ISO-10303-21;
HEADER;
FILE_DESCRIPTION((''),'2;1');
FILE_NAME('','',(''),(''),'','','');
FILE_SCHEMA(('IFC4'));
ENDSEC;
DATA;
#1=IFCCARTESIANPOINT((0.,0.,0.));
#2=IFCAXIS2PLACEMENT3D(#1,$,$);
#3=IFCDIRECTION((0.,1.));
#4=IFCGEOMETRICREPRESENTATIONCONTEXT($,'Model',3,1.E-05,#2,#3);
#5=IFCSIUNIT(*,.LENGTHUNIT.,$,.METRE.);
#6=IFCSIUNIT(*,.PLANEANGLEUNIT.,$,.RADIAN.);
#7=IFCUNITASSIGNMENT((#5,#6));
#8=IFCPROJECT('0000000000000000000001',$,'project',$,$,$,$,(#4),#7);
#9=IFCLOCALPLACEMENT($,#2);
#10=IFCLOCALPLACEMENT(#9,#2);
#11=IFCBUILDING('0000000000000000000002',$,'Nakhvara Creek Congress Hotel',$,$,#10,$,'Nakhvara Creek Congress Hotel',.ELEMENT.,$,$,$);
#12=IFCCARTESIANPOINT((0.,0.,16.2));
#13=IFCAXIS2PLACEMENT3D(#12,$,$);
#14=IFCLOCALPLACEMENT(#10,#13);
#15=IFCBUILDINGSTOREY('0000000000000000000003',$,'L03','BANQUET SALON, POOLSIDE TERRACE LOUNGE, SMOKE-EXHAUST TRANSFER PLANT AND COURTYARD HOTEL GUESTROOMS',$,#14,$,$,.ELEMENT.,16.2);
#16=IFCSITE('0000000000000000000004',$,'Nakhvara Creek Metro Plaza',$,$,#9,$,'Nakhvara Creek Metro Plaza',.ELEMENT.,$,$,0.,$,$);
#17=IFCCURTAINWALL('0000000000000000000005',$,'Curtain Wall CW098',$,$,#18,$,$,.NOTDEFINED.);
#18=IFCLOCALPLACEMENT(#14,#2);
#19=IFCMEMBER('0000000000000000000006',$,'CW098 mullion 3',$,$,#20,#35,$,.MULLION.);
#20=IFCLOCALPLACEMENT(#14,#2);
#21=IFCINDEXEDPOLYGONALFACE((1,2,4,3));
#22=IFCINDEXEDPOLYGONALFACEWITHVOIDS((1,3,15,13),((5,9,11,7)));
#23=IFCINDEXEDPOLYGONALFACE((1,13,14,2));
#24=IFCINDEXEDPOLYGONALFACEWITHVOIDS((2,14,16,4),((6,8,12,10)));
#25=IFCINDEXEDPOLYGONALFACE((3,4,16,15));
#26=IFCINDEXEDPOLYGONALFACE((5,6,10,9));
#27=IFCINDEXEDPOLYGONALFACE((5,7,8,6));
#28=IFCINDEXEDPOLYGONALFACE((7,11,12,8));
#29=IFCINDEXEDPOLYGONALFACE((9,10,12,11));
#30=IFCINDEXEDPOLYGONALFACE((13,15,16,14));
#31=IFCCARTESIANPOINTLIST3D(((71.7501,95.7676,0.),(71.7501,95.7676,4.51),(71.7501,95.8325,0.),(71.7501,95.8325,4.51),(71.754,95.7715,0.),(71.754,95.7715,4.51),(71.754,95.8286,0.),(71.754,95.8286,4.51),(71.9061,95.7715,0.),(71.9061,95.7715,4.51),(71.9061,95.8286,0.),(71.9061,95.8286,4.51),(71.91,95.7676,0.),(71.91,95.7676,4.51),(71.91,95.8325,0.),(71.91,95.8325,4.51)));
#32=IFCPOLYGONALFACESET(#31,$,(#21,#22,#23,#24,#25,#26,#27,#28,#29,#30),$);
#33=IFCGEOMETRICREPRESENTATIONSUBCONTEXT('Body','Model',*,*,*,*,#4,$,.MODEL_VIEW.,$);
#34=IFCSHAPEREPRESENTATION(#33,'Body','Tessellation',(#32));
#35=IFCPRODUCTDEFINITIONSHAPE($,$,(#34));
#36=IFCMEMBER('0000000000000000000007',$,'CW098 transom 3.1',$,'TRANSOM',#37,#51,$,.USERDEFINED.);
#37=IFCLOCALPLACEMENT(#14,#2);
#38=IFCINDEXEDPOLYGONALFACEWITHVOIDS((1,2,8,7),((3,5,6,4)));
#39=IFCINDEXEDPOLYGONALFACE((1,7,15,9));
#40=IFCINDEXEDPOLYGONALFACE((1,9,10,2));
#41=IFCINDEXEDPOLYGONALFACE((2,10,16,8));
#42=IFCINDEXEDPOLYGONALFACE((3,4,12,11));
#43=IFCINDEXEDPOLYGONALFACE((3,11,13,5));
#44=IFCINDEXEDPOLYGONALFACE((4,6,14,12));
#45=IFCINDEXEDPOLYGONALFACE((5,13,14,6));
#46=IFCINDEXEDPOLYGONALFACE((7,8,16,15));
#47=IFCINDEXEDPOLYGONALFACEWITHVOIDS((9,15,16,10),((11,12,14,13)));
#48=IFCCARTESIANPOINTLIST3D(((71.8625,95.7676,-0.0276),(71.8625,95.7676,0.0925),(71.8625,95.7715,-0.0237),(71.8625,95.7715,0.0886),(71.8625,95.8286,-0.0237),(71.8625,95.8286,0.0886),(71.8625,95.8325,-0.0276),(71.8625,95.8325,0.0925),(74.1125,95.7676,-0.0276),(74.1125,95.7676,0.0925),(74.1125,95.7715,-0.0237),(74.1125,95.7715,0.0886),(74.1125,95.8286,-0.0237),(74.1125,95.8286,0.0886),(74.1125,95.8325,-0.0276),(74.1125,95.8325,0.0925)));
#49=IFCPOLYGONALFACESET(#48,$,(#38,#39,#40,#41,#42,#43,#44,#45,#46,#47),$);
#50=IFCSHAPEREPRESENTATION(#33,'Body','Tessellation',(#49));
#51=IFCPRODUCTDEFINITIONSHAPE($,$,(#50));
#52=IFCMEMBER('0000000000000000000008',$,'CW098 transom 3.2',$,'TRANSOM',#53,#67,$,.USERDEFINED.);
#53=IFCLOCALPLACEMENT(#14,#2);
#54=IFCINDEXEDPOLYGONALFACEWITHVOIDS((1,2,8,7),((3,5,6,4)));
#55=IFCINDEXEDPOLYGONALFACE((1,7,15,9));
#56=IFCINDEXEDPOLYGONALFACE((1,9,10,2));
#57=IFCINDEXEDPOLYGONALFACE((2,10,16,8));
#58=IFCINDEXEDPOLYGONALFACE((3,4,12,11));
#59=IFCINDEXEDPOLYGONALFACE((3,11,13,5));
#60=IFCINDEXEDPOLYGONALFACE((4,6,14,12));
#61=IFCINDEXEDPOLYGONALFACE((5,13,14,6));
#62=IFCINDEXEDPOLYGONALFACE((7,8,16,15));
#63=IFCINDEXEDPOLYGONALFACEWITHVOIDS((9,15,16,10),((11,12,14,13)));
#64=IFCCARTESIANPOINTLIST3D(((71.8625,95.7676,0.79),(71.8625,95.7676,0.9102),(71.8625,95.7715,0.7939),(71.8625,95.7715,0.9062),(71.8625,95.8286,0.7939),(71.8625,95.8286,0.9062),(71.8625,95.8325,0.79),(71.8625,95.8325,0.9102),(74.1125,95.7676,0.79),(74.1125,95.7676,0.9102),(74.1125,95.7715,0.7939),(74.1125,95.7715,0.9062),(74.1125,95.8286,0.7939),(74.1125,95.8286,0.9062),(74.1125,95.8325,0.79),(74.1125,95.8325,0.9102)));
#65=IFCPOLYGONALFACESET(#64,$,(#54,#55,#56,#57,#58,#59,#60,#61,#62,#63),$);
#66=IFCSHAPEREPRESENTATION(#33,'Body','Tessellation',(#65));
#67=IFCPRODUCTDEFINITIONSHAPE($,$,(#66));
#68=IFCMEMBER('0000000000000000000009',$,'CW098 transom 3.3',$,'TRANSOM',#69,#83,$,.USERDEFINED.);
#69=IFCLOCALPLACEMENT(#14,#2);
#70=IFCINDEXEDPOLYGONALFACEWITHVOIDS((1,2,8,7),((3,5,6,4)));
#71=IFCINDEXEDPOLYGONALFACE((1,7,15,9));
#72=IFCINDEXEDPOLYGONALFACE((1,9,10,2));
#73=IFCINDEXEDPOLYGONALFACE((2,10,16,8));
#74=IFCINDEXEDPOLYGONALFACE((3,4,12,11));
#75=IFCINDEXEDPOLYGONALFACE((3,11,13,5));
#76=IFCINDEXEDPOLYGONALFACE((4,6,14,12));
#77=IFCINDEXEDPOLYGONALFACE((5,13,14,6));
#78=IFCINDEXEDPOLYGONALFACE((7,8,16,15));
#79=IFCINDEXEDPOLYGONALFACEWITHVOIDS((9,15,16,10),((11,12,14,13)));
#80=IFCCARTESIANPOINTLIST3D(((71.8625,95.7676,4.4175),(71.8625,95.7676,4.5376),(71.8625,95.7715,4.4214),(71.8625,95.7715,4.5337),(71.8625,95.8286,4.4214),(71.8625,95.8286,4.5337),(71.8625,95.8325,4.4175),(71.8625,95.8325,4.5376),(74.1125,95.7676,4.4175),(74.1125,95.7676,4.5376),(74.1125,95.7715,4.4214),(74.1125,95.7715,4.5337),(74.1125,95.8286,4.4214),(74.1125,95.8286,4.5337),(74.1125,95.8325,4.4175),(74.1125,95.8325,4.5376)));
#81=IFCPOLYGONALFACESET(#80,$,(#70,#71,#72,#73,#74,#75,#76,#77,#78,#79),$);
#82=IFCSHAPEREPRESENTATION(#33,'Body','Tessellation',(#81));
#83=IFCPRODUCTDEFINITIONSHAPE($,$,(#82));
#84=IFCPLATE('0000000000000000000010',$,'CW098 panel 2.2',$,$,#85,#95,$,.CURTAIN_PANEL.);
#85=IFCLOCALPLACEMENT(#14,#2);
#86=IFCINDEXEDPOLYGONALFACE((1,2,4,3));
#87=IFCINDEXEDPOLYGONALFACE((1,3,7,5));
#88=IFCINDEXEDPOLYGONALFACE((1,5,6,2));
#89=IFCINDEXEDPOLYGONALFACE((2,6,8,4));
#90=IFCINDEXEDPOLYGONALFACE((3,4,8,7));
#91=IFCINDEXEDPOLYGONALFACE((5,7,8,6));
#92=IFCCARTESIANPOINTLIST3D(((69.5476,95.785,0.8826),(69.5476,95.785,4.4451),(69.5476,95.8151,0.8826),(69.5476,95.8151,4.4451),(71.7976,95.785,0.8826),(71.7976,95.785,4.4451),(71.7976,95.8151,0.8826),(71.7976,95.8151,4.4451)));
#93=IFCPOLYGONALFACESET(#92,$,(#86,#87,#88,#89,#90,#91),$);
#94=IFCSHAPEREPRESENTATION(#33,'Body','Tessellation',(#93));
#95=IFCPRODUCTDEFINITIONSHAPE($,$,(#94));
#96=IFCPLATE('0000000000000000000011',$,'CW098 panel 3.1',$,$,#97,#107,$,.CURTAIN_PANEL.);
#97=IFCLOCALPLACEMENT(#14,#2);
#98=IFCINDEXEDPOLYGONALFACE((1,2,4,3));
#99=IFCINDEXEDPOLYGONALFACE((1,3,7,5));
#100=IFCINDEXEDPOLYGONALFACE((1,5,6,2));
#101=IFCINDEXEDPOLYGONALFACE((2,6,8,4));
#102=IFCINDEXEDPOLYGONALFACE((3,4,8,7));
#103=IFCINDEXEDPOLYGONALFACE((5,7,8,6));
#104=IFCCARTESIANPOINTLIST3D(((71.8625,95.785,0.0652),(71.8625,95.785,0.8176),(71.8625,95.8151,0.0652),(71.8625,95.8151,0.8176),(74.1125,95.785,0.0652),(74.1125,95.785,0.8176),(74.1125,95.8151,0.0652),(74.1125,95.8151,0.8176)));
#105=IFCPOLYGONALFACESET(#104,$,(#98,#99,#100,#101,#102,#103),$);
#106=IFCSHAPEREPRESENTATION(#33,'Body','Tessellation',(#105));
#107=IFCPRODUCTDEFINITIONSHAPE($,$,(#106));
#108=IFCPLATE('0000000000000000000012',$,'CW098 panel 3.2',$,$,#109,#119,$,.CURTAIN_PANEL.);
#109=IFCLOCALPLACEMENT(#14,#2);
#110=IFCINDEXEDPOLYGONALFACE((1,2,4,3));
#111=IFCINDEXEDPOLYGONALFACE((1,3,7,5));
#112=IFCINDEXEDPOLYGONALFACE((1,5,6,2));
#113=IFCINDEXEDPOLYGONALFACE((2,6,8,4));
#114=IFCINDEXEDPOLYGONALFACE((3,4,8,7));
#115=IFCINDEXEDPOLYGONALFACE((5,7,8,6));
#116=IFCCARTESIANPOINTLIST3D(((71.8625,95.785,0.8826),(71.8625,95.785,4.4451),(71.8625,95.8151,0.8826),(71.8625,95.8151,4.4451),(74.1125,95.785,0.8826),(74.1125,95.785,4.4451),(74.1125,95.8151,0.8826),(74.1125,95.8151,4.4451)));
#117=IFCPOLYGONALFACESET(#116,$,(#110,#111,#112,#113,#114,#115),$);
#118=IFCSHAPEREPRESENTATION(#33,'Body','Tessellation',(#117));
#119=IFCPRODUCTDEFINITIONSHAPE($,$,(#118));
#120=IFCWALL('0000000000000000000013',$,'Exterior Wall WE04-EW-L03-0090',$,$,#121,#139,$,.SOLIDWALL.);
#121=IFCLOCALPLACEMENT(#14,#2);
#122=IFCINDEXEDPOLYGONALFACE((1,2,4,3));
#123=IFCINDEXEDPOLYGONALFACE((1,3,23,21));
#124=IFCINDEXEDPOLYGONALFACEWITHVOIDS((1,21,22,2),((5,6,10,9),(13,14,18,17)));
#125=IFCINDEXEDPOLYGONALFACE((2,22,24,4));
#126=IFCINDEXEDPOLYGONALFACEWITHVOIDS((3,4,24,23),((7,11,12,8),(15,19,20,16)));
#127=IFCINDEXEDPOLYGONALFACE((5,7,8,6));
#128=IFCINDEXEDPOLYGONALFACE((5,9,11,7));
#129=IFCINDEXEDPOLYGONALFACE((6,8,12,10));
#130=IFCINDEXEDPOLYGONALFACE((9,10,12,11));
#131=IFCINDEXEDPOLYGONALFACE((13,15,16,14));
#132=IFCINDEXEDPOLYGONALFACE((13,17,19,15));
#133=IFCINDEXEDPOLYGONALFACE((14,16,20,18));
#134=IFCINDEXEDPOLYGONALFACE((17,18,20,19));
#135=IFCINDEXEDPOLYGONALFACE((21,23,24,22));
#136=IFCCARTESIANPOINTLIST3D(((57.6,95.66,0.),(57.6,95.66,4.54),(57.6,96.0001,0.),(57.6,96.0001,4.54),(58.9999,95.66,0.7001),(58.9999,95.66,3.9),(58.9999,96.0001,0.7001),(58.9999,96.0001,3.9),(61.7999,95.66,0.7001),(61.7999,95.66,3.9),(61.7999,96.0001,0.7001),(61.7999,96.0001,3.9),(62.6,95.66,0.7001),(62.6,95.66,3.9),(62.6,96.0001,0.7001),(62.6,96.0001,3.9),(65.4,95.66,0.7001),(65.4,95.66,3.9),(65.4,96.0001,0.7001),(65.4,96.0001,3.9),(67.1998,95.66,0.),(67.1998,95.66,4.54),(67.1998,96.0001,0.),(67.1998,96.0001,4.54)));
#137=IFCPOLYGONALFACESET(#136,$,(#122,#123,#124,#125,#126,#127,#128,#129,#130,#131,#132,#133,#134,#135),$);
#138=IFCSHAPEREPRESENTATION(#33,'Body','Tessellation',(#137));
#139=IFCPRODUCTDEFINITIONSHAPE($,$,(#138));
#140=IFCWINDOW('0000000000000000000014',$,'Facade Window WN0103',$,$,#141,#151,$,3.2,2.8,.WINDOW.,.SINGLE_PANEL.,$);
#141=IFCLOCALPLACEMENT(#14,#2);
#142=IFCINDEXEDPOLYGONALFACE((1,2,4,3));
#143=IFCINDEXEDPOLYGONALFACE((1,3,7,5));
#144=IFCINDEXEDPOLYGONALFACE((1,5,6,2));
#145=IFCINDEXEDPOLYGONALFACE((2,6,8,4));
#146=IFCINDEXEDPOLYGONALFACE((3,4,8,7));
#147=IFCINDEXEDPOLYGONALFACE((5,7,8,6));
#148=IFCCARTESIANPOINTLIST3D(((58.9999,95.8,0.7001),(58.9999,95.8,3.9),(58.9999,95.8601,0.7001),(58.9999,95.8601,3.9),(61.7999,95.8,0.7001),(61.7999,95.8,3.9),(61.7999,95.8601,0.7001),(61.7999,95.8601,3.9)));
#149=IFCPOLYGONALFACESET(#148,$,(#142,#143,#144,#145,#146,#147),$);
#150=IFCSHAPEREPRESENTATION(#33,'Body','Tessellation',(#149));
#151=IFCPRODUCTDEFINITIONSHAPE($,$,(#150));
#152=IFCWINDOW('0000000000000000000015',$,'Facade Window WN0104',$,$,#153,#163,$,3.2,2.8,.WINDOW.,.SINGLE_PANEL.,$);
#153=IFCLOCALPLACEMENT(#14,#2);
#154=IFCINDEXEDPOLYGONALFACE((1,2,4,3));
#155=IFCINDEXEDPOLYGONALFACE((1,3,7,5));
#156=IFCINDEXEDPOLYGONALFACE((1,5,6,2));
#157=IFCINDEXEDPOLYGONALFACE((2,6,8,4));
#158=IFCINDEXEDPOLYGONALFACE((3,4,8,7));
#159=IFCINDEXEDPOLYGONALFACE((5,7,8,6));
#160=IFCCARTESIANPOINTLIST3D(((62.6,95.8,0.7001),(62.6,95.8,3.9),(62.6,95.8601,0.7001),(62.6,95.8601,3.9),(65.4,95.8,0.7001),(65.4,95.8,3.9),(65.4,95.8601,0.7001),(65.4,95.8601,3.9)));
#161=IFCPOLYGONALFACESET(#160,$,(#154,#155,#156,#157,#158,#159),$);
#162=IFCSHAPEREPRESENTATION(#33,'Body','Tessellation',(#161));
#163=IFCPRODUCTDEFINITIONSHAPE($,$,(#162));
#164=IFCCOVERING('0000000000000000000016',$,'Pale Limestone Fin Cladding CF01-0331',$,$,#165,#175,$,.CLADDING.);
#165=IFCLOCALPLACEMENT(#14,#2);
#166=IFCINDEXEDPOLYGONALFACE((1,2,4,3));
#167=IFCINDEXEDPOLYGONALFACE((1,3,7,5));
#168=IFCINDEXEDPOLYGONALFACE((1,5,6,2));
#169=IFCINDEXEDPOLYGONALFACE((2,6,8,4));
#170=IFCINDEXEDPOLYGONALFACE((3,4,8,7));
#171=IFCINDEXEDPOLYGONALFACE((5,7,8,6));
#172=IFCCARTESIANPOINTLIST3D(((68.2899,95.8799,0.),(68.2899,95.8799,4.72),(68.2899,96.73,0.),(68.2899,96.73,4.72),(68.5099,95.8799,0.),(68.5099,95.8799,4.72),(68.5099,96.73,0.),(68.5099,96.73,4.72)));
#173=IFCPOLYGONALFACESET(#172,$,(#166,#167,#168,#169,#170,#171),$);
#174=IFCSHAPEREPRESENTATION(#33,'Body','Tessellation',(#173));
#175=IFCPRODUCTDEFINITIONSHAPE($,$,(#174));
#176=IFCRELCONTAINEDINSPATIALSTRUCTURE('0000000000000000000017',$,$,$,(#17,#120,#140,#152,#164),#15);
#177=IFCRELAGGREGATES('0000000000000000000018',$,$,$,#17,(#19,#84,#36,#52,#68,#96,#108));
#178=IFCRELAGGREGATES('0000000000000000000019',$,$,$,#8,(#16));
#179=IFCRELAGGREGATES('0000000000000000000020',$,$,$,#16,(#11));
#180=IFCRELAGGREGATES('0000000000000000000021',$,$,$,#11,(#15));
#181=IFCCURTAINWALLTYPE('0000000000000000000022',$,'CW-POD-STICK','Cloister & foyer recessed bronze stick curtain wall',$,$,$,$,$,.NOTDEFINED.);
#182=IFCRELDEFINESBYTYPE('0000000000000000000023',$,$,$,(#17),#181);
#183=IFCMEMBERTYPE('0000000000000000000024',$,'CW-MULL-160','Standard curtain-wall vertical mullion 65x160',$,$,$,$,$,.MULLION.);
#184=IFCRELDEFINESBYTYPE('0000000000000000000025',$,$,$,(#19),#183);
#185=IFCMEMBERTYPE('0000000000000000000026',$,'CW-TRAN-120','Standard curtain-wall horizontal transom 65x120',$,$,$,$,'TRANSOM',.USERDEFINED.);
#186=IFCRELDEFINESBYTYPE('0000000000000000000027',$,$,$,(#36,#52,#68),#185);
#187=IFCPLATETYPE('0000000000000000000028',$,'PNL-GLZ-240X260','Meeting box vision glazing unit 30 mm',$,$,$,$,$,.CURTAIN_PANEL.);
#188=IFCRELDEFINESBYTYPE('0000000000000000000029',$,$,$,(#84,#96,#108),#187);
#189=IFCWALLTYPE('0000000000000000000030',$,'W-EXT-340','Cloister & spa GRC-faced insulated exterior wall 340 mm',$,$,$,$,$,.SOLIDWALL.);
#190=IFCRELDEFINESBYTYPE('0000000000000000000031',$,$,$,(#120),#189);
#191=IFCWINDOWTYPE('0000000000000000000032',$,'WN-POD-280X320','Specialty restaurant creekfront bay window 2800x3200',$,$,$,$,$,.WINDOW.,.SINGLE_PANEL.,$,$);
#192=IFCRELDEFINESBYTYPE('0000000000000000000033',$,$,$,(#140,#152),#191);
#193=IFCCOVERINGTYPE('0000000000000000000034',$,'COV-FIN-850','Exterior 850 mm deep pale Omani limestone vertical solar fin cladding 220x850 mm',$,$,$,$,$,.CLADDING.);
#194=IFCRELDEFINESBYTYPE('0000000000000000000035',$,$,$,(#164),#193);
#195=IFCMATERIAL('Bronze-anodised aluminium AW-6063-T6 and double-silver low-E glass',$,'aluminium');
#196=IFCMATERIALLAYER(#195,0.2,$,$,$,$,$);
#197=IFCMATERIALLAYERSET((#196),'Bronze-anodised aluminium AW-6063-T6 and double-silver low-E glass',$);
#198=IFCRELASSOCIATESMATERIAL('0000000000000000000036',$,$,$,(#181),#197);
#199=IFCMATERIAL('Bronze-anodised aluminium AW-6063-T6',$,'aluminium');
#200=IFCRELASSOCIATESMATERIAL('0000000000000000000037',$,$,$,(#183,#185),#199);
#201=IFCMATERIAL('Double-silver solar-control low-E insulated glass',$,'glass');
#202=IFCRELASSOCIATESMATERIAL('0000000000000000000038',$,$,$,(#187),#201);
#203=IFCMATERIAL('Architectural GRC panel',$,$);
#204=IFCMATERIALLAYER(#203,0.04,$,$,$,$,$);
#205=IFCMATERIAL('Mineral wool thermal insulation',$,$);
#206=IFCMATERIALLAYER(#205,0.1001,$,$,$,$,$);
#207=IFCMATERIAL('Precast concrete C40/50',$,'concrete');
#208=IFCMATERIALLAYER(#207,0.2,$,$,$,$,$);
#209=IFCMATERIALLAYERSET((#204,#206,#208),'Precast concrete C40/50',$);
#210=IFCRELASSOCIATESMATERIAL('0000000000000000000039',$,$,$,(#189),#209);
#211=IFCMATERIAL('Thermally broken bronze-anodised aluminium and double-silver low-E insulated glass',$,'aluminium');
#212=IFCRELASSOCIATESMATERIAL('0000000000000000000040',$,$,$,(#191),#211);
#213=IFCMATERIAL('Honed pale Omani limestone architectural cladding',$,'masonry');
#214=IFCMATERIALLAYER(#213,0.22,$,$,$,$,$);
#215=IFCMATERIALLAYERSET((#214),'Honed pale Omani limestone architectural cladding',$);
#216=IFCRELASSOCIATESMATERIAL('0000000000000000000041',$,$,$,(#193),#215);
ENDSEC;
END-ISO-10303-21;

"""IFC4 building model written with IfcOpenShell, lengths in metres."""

from ifc_helpers import new_model, si_unit, direction, frame, frame_2d, origin, origin_2d, place, context, subcontext, project, spatial, rectangle, hollow_rectangle, extrude, material, layer, layer_set, material_profile, profile_set, type_object, element, fill, aggregate, save


model = new_model("IFC4")

# Units and contexts
model_context = context("Model", 3, precision=1e-05, world=origin(), true_north=direction((0.0, 1.0)))
body_context = subcontext(model_context, "Body", "Model", "MODEL_VIEW")
ifc_project = project(units=[si_unit("LENGTHUNIT", "METRE"), si_unit("PLANEANGLEUNIT", "RADIAN")], contexts=[model_context])

# Site, building, storey
site_placement = place(None, origin())
site = spatial("IfcSite", under=ifc_project, at=site_placement, Name="Nakhvara Creek Metro Plaza", LongName="Nakhvara Creek Metro Plaza", CompositionType="ELEMENT", RefElevation=0.0)
building_placement = place(site_placement, origin())
building = spatial("IfcBuilding", under=site, at=building_placement, Name="Nakhvara Creek Congress Hotel", LongName="Nakhvara Creek Congress Hotel", CompositionType="ELEMENT")
storey_placement = place(building_placement, frame((0.0, 0.0, 16.2)))
storey = spatial("IfcBuildingStorey", under=building, at=storey_placement, Name="L03", Description="BANQUET SALON, POOLSIDE TERRACE LOUNGE, SMOKE-EXHAUST TRANSFER PLANT AND COURTYARD HOTEL GUESTROOMS", CompositionType="ELEMENT", Elevation=16.2)

# Curtain wall, members, plates
ifc_material_1 = material(Name="Bronze-anodised aluminium AW-6063-T6 and double-silver low-E glass", Category="aluminium")
ifc_layer_1 = layer(ifc_material_1, 0.2)
ifc_layer_set_1 = layer_set([ifc_layer_1], Name="Bronze-anodised aluminium AW-6063-T6 and double-silver low-E glass")
curtain_wall_type = type_object("IfcCurtainWallType", Name="CW-POD-STICK", Description="Cloister & foyer recessed bronze stick curtain wall", PredefinedType="NOTDEFINED", material=ifc_layer_set_1)
curtain_wall_placement = place(storey_placement, origin())
curtain_wall = element("IfcCurtainWall", 1, at=curtain_wall_placement, inside=storey, type_object=curtain_wall_type, Name="Curtain Wall CW098", PredefinedType="NOTDEFINED")
ifc_material_2 = material(Name="Bronze-anodised aluminium AW-6063-T6", Category="aluminium")
ifc_material_profile_1 = material_profile(ifc_material_2, hollow_rectangle(XDim=0.0649, YDim=0.1599, WallThickness=0.0039, at=origin_2d()), Name="ALU-MULL 65x160x4", Category="LoadBearing")
ifc_profile_set_1 = profile_set([ifc_material_profile_1], Name="Bronze-anodised aluminium AW-6063-T6")
member_type_1 = type_object("IfcMemberType", Name="CW-MULL-160", Description="Standard curtain-wall vertical mullion 65x160", PredefinedType="MULLION", material=ifc_profile_set_1)
member_1_placement = place(storey_placement, frame((71.8301, 95.8, 0.0), z_axis=(0.0, 0.0, 1.0), x_axis=(0.0, 1.0, 0.0)))
member_1 = element("IfcMember", 2, at=member_1_placement, type_object=member_type_1, Name="CW098 mullion 3", PredefinedType="MULLION", context=body_context, shape_type="SweptSolid", body=[
    extrude(hollow_rectangle(XDim=0.0649, YDim=0.1599, WallThickness=0.0039, at=origin_2d()), origin(), (0.0, 0.0, 1.0), 4.51),
])
ifc_material_profile_2 = material_profile(ifc_material_2, hollow_rectangle(XDim=0.0649, YDim=0.1201, WallThickness=0.0039, at=origin_2d()), Name="ALU-TRAN 65x120x4", Category="LoadBearing")
ifc_profile_set_2 = profile_set([ifc_material_profile_2], Name="Bronze-anodised aluminium AW-6063-T6")
member_type_2 = type_object("IfcMemberType", Name="CW-TRAN-120", Description="Standard curtain-wall horizontal transom 65x120", ElementType="TRANSOM", PredefinedType="USERDEFINED", material=ifc_profile_set_2)
member_2_placement = place(storey_placement, frame((71.8625, 95.8, 0.0325), z_axis=(1.0, 0.0, 0.0), x_axis=(0.0, 1.0, 0.0)))
member_2 = element("IfcMember", 3, at=member_2_placement, type_object=member_type_2, Name="CW098 transom 3.1", ObjectType="TRANSOM", PredefinedType="USERDEFINED", context=body_context, shape_type="SweptSolid", body=[
    extrude(hollow_rectangle(XDim=0.0649, YDim=0.1201, WallThickness=0.0039, at=origin_2d()), origin(), (0.0, 0.0, 1.0), 2.25),
])
member_3_placement = place(storey_placement, frame((71.8625, 95.8, 0.8501), z_axis=(1.0, 0.0, 0.0), x_axis=(0.0, 1.0, 0.0)))
member_3 = element("IfcMember", 4, at=member_3_placement, type_object=member_type_2, Name="CW098 transom 3.2", ObjectType="TRANSOM", PredefinedType="USERDEFINED", context=body_context, shape_type="SweptSolid", body=[
    extrude(hollow_rectangle(XDim=0.0649, YDim=0.1201, WallThickness=0.0039, at=origin_2d()), origin(), (0.0, 0.0, 1.0), 2.25),
])
member_4_placement = place(storey_placement, frame((71.8625, 95.8, 4.4775), z_axis=(1.0, 0.0, 0.0), x_axis=(0.0, 1.0, 0.0)))
member_4 = element("IfcMember", 5, at=member_4_placement, type_object=member_type_2, Name="CW098 transom 3.3", ObjectType="TRANSOM", PredefinedType="USERDEFINED", context=body_context, shape_type="SweptSolid", body=[
    extrude(hollow_rectangle(XDim=0.0649, YDim=0.1201, WallThickness=0.0039, at=origin_2d()), origin(), (0.0, 0.0, 1.0), 2.25),
])
ifc_material_3 = material(Name="Double-silver solar-control low-E insulated glass", Category="glass")
plate_type = type_object("IfcPlateType", Name="PNL-GLZ-240X260", Description="Meeting box vision glazing unit 30 mm", PredefinedType="CURTAIN_PANEL", material=ifc_material_3)
plate_1_placement = place(storey_placement, frame((70.6726, 95.8, 0.8826), z_axis=(0.0, 0.0, 1.0), x_axis=(1.0, 0.0, 0.0)))
plate_1 = element("IfcPlate", 6, at=plate_1_placement, type_object=plate_type, Name="CW098 panel 2.2", PredefinedType="CURTAIN_PANEL", context=body_context, shape_type="SweptSolid", body=[
    extrude(rectangle(XDim=2.25, YDim=0.03, at=origin_2d()), origin(), (0.0, 0.0, 1.0), 3.5625),
])
plate_2_placement = place(storey_placement, frame((72.9875, 95.8, 0.0652), z_axis=(0.0, 0.0, 1.0), x_axis=(1.0, 0.0, 0.0)))
plate_2 = element("IfcPlate", 7, at=plate_2_placement, type_object=plate_type, Name="CW098 panel 3.1", PredefinedType="CURTAIN_PANEL", context=body_context, shape_type="SweptSolid", body=[
    extrude(rectangle(XDim=2.25, YDim=0.03, at=origin_2d()), origin(), (0.0, 0.0, 1.0), 0.7524),
])
plate_3_placement = place(storey_placement, frame((72.9875, 95.8, 0.8826), z_axis=(0.0, 0.0, 1.0), x_axis=(1.0, 0.0, 0.0)))
plate_3 = element("IfcPlate", 8, at=plate_3_placement, type_object=plate_type, Name="CW098 panel 3.2", PredefinedType="CURTAIN_PANEL", context=body_context, shape_type="SweptSolid", body=[
    extrude(rectangle(XDim=2.25, YDim=0.03, at=origin_2d()), origin(), (0.0, 0.0, 1.0), 3.5625),
])
aggregate(curtain_wall, [member_1, plate_1, member_2, member_3, member_4, plate_2, plate_3])

# Wall, openings, windows
ifc_material_4 = material(Name="Architectural GRC panel")
ifc_layer_2 = layer(ifc_material_4, 0.04)
ifc_material_5 = material(Name="Mineral wool thermal insulation")
ifc_layer_3 = layer(ifc_material_5, 0.1001)
ifc_material_6 = material(Name="Precast concrete C40/50", Category="concrete")
ifc_layer_4 = layer(ifc_material_6, 0.2)
ifc_layer_set_2 = layer_set([ifc_layer_2, ifc_layer_3, ifc_layer_4], Name="Precast concrete C40/50")
wall_type = type_object("IfcWallType", Name="W-EXT-340", Description="Cloister & spa GRC-faced insulated exterior wall 340 mm", PredefinedType="SOLIDWALL", material=ifc_layer_set_2)
wall_placement = place(storey_placement, frame((57.6001, 95.8301, 0.0), z_axis=(0.0, 0.0, 1.0), x_axis=(1.0, 0.0, 0.0)))
wall = element("IfcWall", 9, at=wall_placement, inside=storey, type_object=wall_type, Name="Exterior Wall WE04-EW-L03-0090", PredefinedType="SOLIDWALL", context=body_context, shape_type="SweptSolid", body=[
    extrude(rectangle(XDim=9.5999, YDim=0.3401, at=frame_2d((4.7998, 0.0))), origin(), (0.0, 0.0, 1.0), 4.54),
])
opening_1_placement = place(wall_placement, frame((1.3999, 0.0, 0.7)))
opening_1 = element("IfcOpeningElement", 10, at=opening_1_placement, cuts=wall, PredefinedType="OPENING", context=body_context, shape_type="SweptSolid", body=[
    extrude(rectangle(XDim=2.8, YDim=3.2, at=frame_2d((1.3999, 1.6001))), frame((0.0, 0.1821, 0.0), z_axis=(0.0, -1.0, 0.0), x_axis=(1.0, 0.0, 0.0)), (0.0, 0.0, 1.0), 0.364),
])
opening_2_placement = place(wall_placement, frame((5.0, 0.0, 0.7)))
opening_2 = element("IfcOpeningElement", 11, at=opening_2_placement, cuts=wall, PredefinedType="OPENING", context=body_context, shape_type="SweptSolid", body=[
    extrude(rectangle(XDim=2.8, YDim=3.2, at=frame_2d((1.3999, 1.6001))), frame((0.0, 0.1821, 0.0), z_axis=(0.0, -1.0, 0.0), x_axis=(1.0, 0.0, 0.0)), (0.0, 0.0, 1.0), 0.364),
])
ifc_material_7 = material(Name="Thermally broken bronze-anodised aluminium and double-silver low-E insulated glass", Category="aluminium")
window_type = type_object("IfcWindowType", Name="WN-POD-280X320", Description="Specialty restaurant creekfront bay window 2800x3200", PartitioningType="SINGLE_PANEL", PredefinedType="WINDOW", material=ifc_material_7)
window_1_placement = place(opening_1_placement, origin())
window_1 = element("IfcWindow", 12, at=window_1_placement, inside=storey, type_object=window_type, Name="Facade Window WN0103", OverallHeight=3.2, OverallWidth=2.8, PartitioningType="SINGLE_PANEL", PredefinedType="WINDOW", context=body_context, shape_type="SweptSolid", body=[
    extrude(rectangle(XDim=2.8, YDim=3.2, at=frame_2d((1.3999, 1.6001))), frame((0.0, 0.03, 0.0), z_axis=(0.0, -1.0, 0.0), x_axis=(1.0, 0.0, 0.0)), (0.0, 0.0, 1.0), 0.0601),
])
fill(opening_1, window_1)
window_2_placement = place(opening_2_placement, origin())
window_2 = element("IfcWindow", 13, at=window_2_placement, inside=storey, type_object=window_type, Name="Facade Window WN0104", OverallHeight=3.2, OverallWidth=2.8, PartitioningType="SINGLE_PANEL", PredefinedType="WINDOW", context=body_context, shape_type="SweptSolid", body=[
    extrude(rectangle(XDim=2.8, YDim=3.2, at=frame_2d((1.3999, 1.6001))), frame((0.0, 0.03, 0.0), z_axis=(0.0, -1.0, 0.0), x_axis=(1.0, 0.0, 0.0)), (0.0, 0.0, 1.0), 0.0601),
])
fill(opening_2, window_2)

# Covering
ifc_material_8 = material(Name="Honed pale Omani limestone architectural cladding", Category="masonry")
ifc_layer_5 = layer(ifc_material_8, 0.22)
ifc_layer_set_3 = layer_set([ifc_layer_5], Name="Honed pale Omani limestone architectural cladding")
covering_type = type_object("IfcCoveringType", Name="COV-FIN-850", Description="Exterior 850 mm deep pale Omani limestone vertical solar fin cladding 220x850 mm", PredefinedType="CLADDING", material=ifc_layer_set_3)
for number, where, z_axis, x_axis, name in (
    (14, (68.3999, 96.3049, 0.0), (0.0, 0.0, 1.0), (1.0, 0.0, 0.0), "Pale Limestone Fin Cladding CF01-0331"),
):
    element("IfcCovering", number, at=place(storey_placement, frame(where, z_axis=z_axis, x_axis=x_axis)), inside=storey, type_object=covering_type, Name=name, PredefinedType="CLADDING", context=body_context, shape_type="SweptSolid", body=[
        extrude(rectangle(XDim=0.22, YDim=0.8501, at=origin_2d()), origin(), (0.0, 0.0, 1.0), 4.72),
    ])

save(model, "model.ifc")
